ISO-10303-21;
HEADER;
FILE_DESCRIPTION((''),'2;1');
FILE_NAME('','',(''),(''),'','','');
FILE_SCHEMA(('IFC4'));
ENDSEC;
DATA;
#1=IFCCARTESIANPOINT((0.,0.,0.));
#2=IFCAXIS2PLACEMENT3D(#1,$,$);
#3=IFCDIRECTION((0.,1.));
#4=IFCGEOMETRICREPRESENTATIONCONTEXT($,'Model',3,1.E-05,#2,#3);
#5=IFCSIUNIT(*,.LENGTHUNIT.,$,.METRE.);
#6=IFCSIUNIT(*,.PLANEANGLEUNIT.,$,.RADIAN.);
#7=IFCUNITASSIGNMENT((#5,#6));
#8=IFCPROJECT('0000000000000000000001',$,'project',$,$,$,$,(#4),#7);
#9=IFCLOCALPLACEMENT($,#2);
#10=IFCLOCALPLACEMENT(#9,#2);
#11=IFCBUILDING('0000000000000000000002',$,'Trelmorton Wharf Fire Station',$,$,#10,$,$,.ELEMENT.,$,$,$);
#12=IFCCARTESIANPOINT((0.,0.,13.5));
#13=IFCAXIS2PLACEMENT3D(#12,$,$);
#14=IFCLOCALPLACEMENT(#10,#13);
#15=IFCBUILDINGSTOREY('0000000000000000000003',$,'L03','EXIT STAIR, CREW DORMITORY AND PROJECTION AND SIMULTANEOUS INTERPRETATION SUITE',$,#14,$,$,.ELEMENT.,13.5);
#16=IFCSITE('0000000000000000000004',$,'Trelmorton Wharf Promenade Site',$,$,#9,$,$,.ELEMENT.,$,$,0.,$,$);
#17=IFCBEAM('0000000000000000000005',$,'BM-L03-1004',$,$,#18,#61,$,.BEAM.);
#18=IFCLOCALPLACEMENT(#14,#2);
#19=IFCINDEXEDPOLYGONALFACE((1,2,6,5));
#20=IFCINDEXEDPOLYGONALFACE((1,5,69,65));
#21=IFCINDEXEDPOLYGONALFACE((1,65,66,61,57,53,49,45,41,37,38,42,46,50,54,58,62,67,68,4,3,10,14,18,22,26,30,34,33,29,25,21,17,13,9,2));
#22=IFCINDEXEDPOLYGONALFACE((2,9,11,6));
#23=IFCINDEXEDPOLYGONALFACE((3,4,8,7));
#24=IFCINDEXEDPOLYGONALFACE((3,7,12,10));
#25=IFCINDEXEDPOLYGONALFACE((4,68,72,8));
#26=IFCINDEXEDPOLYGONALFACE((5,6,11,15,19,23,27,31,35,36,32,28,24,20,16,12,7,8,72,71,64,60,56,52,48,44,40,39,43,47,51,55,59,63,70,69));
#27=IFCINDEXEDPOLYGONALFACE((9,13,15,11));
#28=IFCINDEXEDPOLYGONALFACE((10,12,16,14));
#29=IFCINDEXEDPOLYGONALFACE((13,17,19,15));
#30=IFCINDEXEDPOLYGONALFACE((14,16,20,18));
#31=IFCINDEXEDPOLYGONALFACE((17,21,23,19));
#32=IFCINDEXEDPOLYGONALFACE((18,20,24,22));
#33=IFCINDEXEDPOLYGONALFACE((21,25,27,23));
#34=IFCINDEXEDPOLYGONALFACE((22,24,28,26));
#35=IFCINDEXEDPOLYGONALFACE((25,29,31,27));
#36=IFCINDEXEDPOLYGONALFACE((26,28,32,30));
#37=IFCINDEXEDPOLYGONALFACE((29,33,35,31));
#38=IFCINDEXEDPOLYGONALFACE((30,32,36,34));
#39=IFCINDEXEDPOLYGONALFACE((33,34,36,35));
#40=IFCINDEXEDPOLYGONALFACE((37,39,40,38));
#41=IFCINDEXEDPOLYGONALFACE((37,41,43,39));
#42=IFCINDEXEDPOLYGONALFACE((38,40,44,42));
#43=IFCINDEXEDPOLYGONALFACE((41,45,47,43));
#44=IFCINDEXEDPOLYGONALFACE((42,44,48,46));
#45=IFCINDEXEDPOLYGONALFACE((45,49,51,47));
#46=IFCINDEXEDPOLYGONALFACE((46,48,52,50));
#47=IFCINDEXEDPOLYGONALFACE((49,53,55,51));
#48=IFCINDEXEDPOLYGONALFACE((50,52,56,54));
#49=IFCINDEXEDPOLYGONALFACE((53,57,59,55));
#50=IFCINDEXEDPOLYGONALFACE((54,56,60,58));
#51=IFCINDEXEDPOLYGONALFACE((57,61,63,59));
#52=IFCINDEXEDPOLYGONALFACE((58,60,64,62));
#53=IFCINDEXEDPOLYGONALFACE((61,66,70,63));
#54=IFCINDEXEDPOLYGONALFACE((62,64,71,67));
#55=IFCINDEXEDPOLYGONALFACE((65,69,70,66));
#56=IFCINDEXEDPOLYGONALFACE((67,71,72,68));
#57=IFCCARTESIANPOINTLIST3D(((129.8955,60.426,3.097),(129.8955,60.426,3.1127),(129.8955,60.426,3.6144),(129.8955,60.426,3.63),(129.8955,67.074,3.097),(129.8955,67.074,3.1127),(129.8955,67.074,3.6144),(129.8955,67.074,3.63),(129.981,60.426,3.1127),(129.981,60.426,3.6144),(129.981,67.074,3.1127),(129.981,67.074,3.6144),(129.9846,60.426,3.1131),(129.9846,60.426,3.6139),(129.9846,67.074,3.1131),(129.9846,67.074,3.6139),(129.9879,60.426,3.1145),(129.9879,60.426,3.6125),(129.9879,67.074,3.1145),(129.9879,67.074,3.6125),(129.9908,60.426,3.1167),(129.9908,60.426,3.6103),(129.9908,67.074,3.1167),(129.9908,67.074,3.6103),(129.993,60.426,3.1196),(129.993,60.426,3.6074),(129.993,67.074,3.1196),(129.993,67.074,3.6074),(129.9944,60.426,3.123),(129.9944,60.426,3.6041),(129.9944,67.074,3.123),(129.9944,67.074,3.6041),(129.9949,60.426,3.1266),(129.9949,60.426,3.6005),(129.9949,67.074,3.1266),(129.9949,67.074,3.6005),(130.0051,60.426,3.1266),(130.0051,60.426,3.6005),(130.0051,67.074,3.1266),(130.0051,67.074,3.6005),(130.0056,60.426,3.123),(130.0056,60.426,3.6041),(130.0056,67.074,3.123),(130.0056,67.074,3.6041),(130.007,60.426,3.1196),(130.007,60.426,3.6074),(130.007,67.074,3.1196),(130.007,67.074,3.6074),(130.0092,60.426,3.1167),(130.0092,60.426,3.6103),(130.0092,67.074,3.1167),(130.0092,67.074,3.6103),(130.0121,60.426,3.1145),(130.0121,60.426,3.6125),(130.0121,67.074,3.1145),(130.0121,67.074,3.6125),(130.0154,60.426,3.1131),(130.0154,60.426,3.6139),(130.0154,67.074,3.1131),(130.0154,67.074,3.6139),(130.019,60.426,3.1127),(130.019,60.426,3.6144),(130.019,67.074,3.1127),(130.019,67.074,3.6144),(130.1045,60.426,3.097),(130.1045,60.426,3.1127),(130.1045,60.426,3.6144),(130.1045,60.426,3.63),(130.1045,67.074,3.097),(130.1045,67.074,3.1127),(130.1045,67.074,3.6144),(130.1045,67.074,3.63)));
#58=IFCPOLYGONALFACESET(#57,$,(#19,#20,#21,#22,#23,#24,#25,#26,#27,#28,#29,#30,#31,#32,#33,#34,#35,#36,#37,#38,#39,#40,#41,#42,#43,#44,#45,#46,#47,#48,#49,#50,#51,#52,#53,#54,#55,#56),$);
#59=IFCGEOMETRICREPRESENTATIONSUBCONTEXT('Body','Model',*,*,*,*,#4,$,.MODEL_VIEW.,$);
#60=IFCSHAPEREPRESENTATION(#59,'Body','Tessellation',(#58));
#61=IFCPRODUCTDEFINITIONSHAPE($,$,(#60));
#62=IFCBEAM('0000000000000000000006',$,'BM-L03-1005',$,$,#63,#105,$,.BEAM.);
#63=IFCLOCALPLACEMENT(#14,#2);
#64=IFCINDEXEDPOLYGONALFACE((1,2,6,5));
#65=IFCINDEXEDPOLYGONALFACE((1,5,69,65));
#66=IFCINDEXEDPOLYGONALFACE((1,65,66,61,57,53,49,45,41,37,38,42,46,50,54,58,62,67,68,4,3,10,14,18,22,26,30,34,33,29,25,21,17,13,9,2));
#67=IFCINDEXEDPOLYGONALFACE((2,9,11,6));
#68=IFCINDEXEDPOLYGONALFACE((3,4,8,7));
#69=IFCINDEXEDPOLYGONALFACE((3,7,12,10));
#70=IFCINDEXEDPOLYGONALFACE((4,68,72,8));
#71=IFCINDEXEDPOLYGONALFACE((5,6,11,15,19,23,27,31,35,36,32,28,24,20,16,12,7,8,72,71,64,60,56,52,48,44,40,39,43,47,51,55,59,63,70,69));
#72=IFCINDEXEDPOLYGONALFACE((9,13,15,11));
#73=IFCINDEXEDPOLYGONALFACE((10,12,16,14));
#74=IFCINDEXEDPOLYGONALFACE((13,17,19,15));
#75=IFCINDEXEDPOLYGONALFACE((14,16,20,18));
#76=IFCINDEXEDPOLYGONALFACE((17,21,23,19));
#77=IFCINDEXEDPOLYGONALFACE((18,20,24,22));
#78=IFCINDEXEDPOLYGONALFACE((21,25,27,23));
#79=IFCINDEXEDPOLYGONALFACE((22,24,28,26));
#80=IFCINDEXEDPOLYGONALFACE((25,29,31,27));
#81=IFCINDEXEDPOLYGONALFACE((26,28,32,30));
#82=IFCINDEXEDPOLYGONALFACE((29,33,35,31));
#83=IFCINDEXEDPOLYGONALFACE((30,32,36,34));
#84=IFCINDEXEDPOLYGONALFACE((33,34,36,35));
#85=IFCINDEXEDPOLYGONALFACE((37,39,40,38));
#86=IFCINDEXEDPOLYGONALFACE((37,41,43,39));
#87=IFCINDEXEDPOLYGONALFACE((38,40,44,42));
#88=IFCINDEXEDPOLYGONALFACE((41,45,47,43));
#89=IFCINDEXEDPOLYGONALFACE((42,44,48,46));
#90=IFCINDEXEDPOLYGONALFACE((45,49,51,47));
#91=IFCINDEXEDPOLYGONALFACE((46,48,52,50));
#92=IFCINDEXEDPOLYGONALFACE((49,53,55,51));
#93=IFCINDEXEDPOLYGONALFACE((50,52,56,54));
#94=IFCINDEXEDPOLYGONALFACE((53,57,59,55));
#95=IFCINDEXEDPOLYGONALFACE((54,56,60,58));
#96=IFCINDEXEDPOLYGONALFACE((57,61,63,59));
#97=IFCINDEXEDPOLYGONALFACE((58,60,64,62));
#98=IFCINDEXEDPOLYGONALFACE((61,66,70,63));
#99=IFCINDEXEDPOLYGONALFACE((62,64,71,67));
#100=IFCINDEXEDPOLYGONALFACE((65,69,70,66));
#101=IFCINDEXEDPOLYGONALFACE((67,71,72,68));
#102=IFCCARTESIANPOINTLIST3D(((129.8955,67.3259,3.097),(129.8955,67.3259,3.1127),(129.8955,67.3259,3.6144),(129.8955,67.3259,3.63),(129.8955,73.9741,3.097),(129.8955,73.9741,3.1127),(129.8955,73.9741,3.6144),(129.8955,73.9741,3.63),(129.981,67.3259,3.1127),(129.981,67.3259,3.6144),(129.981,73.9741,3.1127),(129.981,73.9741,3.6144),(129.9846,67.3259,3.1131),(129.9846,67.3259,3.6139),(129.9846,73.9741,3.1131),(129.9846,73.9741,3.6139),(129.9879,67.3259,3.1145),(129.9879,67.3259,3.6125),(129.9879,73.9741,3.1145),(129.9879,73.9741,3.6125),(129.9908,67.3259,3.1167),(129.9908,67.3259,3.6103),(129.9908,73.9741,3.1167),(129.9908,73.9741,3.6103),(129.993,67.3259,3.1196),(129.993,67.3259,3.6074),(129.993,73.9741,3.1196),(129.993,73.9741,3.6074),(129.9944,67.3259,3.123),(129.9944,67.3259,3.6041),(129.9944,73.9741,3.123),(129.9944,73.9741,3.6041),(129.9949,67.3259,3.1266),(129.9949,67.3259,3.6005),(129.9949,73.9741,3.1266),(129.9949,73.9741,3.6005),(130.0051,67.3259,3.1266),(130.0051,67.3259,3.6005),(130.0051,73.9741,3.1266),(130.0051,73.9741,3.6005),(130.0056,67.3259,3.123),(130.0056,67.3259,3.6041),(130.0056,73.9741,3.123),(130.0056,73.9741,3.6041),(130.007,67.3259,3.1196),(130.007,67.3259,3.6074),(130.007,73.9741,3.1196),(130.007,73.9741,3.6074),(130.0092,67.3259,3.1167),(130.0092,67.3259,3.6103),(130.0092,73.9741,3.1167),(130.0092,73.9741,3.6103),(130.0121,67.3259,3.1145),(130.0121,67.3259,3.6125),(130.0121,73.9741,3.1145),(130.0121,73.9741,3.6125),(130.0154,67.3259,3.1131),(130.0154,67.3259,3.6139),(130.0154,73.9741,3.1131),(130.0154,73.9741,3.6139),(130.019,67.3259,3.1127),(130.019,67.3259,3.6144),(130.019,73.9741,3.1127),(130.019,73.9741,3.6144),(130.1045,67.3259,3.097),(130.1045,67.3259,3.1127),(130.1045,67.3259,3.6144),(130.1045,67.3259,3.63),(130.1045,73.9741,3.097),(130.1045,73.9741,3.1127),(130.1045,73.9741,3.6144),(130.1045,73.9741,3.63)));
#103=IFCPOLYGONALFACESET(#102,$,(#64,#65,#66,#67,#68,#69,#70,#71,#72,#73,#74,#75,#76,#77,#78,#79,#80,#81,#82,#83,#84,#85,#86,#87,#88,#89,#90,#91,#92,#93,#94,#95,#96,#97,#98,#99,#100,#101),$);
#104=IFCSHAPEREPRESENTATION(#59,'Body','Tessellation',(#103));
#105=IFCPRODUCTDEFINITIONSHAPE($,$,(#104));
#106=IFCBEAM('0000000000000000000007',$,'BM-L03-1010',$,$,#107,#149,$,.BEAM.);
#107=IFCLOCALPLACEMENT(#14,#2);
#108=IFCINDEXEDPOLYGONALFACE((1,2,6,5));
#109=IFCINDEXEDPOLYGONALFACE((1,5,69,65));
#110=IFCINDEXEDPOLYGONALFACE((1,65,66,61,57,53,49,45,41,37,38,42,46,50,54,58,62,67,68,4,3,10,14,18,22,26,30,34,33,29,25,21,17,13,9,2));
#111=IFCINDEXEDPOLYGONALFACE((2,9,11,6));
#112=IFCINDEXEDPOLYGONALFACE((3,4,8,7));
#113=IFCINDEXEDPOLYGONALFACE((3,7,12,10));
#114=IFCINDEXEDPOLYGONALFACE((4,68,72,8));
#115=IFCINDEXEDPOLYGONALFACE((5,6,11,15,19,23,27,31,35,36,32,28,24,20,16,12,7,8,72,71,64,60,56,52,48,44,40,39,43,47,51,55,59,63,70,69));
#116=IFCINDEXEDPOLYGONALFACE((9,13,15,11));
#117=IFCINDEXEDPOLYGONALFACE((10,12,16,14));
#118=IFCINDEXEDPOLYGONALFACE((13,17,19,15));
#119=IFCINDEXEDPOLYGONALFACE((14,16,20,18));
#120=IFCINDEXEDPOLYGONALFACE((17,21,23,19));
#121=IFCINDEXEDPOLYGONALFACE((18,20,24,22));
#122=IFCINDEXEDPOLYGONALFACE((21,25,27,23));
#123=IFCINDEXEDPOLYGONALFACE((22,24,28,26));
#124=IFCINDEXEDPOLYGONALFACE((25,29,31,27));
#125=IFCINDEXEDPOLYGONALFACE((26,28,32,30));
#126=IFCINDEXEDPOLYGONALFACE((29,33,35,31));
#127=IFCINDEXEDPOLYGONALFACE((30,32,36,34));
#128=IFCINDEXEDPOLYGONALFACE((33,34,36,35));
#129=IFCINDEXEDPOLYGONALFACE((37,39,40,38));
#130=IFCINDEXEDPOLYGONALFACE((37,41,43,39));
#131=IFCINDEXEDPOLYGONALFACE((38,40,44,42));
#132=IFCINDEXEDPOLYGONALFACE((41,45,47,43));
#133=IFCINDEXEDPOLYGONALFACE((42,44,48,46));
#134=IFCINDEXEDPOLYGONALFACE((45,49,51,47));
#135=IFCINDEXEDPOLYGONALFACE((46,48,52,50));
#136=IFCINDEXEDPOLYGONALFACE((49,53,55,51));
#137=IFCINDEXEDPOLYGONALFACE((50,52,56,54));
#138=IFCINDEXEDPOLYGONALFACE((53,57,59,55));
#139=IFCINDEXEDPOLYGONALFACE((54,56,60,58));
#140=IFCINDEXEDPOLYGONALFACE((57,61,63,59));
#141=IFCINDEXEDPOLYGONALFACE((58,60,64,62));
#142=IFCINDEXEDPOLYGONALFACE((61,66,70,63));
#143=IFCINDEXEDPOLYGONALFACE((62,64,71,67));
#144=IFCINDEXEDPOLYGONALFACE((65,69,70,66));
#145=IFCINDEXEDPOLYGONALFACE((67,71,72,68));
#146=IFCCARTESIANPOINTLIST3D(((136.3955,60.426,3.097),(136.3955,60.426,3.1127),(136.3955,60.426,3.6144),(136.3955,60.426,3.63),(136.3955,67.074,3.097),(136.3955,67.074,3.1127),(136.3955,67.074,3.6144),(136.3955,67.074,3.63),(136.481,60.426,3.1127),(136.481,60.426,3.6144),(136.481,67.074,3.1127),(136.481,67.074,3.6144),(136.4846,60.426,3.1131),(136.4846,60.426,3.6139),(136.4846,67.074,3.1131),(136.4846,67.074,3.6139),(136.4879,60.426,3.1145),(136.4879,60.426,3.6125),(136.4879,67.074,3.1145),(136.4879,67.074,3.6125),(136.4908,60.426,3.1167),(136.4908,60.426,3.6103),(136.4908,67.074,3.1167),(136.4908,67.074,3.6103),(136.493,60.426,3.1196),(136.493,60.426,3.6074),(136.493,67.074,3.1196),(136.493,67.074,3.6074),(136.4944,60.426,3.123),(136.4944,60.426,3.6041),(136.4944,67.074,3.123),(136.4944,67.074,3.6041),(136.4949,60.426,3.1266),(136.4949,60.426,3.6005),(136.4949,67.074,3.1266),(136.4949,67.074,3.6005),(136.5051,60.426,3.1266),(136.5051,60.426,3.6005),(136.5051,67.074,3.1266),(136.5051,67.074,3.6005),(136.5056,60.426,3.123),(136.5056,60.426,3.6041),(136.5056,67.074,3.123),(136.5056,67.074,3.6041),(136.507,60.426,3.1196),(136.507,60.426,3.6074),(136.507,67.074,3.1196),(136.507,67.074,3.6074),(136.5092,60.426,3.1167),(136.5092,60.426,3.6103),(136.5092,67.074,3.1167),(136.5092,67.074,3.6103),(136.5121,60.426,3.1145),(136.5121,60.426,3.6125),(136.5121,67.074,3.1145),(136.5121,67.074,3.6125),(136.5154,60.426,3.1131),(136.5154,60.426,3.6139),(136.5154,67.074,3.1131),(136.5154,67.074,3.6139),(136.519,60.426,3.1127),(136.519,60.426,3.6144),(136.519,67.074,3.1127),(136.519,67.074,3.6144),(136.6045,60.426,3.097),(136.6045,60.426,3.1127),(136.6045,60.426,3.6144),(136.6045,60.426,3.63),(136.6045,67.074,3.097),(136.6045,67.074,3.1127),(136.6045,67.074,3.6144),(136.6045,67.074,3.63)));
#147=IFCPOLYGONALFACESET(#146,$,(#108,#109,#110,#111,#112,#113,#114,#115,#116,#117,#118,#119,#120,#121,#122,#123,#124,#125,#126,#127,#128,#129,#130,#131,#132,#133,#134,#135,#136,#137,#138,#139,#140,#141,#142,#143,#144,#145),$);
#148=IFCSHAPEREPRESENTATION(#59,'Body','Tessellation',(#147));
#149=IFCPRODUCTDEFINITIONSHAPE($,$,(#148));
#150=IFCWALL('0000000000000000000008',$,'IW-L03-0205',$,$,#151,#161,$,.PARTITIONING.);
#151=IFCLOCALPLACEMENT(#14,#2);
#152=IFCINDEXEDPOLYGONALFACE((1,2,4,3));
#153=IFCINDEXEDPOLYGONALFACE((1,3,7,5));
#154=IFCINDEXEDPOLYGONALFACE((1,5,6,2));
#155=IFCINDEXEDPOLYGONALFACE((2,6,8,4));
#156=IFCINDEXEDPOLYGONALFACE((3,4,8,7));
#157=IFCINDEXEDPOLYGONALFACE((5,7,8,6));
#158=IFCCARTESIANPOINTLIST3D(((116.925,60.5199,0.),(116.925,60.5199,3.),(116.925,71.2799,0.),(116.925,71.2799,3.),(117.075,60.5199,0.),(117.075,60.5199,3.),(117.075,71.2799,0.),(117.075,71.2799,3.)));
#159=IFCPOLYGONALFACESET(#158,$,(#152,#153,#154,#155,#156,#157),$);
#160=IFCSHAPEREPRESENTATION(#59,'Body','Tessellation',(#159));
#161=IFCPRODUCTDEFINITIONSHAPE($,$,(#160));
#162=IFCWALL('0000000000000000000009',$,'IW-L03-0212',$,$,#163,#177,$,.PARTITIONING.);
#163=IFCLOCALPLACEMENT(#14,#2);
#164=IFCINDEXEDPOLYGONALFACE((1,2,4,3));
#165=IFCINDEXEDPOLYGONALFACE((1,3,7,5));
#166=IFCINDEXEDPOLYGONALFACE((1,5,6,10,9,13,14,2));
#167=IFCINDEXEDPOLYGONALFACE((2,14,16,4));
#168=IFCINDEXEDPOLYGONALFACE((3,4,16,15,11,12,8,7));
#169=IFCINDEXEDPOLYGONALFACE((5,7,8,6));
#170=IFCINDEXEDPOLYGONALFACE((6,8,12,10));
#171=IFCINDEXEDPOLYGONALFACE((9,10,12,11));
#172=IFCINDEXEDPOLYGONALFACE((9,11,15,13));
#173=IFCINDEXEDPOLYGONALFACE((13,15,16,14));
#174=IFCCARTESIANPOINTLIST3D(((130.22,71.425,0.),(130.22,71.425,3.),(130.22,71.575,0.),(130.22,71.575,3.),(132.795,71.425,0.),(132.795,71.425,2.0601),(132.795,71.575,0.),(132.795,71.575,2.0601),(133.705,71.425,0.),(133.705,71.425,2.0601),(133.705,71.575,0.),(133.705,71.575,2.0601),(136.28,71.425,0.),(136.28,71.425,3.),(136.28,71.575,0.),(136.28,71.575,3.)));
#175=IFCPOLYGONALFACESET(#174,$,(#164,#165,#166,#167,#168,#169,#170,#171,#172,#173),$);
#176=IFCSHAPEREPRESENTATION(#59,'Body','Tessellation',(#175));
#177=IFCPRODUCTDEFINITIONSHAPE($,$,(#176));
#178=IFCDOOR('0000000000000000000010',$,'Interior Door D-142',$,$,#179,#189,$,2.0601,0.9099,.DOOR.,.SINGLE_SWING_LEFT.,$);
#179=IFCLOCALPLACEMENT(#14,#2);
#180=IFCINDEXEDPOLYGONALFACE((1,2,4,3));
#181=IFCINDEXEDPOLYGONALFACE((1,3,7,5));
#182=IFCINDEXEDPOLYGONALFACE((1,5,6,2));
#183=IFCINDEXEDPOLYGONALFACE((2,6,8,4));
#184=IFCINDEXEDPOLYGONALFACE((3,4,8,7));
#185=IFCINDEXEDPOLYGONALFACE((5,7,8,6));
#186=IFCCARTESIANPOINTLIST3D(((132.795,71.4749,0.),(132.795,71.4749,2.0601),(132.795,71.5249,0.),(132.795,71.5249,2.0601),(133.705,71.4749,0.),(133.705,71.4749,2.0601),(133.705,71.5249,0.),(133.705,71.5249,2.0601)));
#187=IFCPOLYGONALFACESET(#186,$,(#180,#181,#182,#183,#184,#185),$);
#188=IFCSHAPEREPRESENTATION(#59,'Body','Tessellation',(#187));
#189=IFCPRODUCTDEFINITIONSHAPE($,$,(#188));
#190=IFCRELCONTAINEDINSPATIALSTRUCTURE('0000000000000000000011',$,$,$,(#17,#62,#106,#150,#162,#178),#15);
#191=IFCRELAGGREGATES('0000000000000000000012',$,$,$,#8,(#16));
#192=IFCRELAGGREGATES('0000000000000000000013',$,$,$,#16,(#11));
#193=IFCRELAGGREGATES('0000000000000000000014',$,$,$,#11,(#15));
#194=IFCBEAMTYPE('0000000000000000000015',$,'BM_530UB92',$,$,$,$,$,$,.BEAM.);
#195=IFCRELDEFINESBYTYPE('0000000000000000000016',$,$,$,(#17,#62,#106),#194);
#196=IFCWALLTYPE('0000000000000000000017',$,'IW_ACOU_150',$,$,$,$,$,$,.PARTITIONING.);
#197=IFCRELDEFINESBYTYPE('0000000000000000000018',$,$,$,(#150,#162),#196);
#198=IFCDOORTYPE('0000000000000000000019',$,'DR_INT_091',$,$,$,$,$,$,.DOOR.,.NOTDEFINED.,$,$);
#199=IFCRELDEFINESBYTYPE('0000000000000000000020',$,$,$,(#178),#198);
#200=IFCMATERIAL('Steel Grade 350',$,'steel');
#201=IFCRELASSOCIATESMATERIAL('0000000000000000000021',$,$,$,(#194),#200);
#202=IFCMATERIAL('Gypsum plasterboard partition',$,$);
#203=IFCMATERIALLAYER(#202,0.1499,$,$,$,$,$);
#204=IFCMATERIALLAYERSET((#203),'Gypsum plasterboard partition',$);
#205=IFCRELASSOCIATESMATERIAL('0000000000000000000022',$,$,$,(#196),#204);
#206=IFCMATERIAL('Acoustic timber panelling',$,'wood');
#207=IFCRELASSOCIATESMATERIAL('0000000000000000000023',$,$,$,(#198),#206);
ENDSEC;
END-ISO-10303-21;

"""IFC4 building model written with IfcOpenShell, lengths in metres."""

from ifc_helpers import new_model, si_unit, direction, frame, frame_2d, origin, origin_2d, place, context, subcontext, project, spatial, rectangle, i_section, extrude, material, layer, layer_set, material_profile, profile_set, type_object, element, fill, save


model = new_model("IFC4")

# Units and contexts
model_context = context("Model", 3, precision=1e-05, world=origin(), true_north=direction((0.0, 1.0)))
body_context = subcontext(model_context, "Body", "Model", "MODEL_VIEW")
ifc_project = project(units=[si_unit("LENGTHUNIT", "METRE"), si_unit("PLANEANGLEUNIT", "RADIAN")], contexts=[model_context])

# Site, building, storey
site_placement = place(None, origin())
site = spatial("IfcSite", under=ifc_project, at=site_placement, Name="Trelmorton Wharf Promenade Site", CompositionType="ELEMENT", RefElevation=0.0)
building_placement = place(site_placement, origin())
building = spatial("IfcBuilding", under=site, at=building_placement, Name="Trelmorton Wharf Fire Station", CompositionType="ELEMENT")
storey_placement = place(building_placement, frame((0.0, 0.0, 13.5)))
storey = spatial("IfcBuildingStorey", under=building, at=storey_placement, Name="L03", Description="EXIT STAIR, CREW DORMITORY AND PROJECTION AND SIMULTANEOUS INTERPRETATION SUITE", CompositionType="ELEMENT", Elevation=13.5)

# Shared definitions
ifc_material_1 = material(Name="Steel Grade 350", Category="steel")

# Beams
ifc_material_profile_1 = material_profile(ifc_material_1, i_section(OverallWidth=0.209, OverallDepth=0.533, WebThickness=0.0103, FlangeThickness=0.0156, FilletRadius=0.0139, at=origin_2d()), Name="530UB92.4")
ifc_profile_set_1 = profile_set([ifc_material_profile_1], Name="Steel Grade 350")
beam_type_1 = type_object("IfcBeamType", Name="BM_530UB92", PredefinedType="BEAM", material=ifc_profile_set_1)
beam_1_placement = place(storey_placement, frame((130.0, 60.426, 3.3635), z_axis=(0.0, 1.0, 0.0), x_axis=(-1.0, 0.0, 0.0)))
element("IfcBeam", 1, at=beam_1_placement, inside=storey, type_object=beam_type_1, Name="BM-L03-1004", PredefinedType="BEAM", context=body_context, shape_type="SweptSolid", body=[
    extrude(i_section(OverallWidth=0.209, OverallDepth=0.533, WebThickness=0.0103, FlangeThickness=0.0156, FilletRadius=0.0139, at=origin_2d()), origin(), (0.0, 0.0, 1.0), 6.6479),
])
beam_2_placement = place(storey_placement, frame((130.0, 67.3259, 3.3635), z_axis=(0.0, 1.0, 0.0), x_axis=(-1.0, 0.0, 0.0)))
element("IfcBeam", 2, at=beam_2_placement, inside=storey, type_object=beam_type_1, Name="BM-L03-1005", PredefinedType="BEAM", context=body_context, shape_type="SweptSolid", body=[
    extrude(i_section(OverallWidth=0.209, OverallDepth=0.533, WebThickness=0.0103, FlangeThickness=0.0156, FilletRadius=0.0139, at=origin_2d()), origin(), (0.0, 0.0, 1.0), 6.6482),
])
beam_3_placement = place(storey_placement, frame((136.5, 60.426, 3.3635), z_axis=(0.0, 1.0, 0.0), x_axis=(-1.0, 0.0, 0.0)))
element("IfcBeam", 3, at=beam_3_placement, inside=storey, type_object=beam_type_1, Name="BM-L03-1010", PredefinedType="BEAM", context=body_context, shape_type="SweptSolid", body=[
    extrude(i_section(OverallWidth=0.209, OverallDepth=0.533, WebThickness=0.0103, FlangeThickness=0.0156, FilletRadius=0.0139, at=origin_2d()), origin(), (0.0, 0.0, 1.0), 6.6479),
])

# Wall
ifc_material_2 = material(Name="Gypsum plasterboard partition")
ifc_layer_1 = layer(ifc_material_2, 0.1499)
ifc_layer_set_1 = layer_set([ifc_layer_1], Name="Gypsum plasterboard partition")
wall_type_1 = type_object("IfcWallType", Name="IW_ACOU_150", PredefinedType="PARTITIONING", material=ifc_layer_set_1)
wall_1_placement = place(storey_placement, frame((117.0, 60.52, 0.0), z_axis=(0.0, 0.0, 1.0), x_axis=(0.0, 1.0, 0.0)))
element("IfcWall", 4, at=wall_1_placement, inside=storey, type_object=wall_type_1, Name="IW-L03-0205", PredefinedType="PARTITIONING", context=body_context, shape_type="SweptSolid", body=[
    extrude(rectangle(XDim=10.76, YDim=0.1499, at=frame_2d((5.3799, 0.0))), origin(), (0.0, 0.0, 1.0), 3.0),
])

# Wall, opening, door
wall_2_placement = place(storey_placement, frame((130.22, 71.5, 0.0), z_axis=(0.0, 0.0, 1.0), x_axis=(1.0, 0.0, 0.0)))
wall_2 = element("IfcWall", 5, at=wall_2_placement, inside=storey, type_object=wall_type_1, Name="IW-L03-0212", PredefinedType="PARTITIONING", context=body_context, shape_type="SweptSolid", body=[
    extrude(rectangle(XDim=6.0601, YDim=0.1499, at=frame_2d((3.03, 0.0))), origin(), (0.0, 0.0, 1.0), 3.0),
])
opening_1_placement = place(wall_2_placement, frame((2.575, 0.0, 0.0)))
opening_1 = element("IfcOpeningElement", 6, at=opening_1_placement, cuts=wall_2, PredefinedType="OPENING", context=body_context, shape_type="SweptSolid", body=[
    extrude(rectangle(XDim=0.9099, YDim=2.0601, at=frame_2d((0.4551, 1.03))), frame((0.0, 0.085, 0.0), z_axis=(0.0, -1.0, 0.0), x_axis=(1.0, 0.0, 0.0)), (0.0, 0.0, 1.0), 0.1699),
])
ifc_material_3 = material(Name="Acoustic timber panelling", Category="wood")
door_type_1 = type_object("IfcDoorType", Name="DR_INT_091", OperationType="NOTDEFINED", PredefinedType="DOOR", material=ifc_material_3)
door_1_placement = place(opening_1_placement, origin())
door_1 = element("IfcDoor", 7, at=door_1_placement, inside=storey, type_object=door_type_1, Name="Interior Door D-142", OperationType="SINGLE_SWING_LEFT", OverallHeight=2.0601, OverallWidth=0.9099, PredefinedType="DOOR", context=body_context, shape_type="SweptSolid", body=[
    extrude(rectangle(XDim=0.9099, YDim=2.0601, at=frame_2d((0.4551, 1.03))), frame((0.0, 0.0249, 0.0), z_axis=(0.0, -1.0, 0.0), x_axis=(1.0, 0.0, 0.0)), (0.0, 0.0, 1.0), 0.05),
])
fill(opening_1, door_1)

save(model, "model.ifc")
